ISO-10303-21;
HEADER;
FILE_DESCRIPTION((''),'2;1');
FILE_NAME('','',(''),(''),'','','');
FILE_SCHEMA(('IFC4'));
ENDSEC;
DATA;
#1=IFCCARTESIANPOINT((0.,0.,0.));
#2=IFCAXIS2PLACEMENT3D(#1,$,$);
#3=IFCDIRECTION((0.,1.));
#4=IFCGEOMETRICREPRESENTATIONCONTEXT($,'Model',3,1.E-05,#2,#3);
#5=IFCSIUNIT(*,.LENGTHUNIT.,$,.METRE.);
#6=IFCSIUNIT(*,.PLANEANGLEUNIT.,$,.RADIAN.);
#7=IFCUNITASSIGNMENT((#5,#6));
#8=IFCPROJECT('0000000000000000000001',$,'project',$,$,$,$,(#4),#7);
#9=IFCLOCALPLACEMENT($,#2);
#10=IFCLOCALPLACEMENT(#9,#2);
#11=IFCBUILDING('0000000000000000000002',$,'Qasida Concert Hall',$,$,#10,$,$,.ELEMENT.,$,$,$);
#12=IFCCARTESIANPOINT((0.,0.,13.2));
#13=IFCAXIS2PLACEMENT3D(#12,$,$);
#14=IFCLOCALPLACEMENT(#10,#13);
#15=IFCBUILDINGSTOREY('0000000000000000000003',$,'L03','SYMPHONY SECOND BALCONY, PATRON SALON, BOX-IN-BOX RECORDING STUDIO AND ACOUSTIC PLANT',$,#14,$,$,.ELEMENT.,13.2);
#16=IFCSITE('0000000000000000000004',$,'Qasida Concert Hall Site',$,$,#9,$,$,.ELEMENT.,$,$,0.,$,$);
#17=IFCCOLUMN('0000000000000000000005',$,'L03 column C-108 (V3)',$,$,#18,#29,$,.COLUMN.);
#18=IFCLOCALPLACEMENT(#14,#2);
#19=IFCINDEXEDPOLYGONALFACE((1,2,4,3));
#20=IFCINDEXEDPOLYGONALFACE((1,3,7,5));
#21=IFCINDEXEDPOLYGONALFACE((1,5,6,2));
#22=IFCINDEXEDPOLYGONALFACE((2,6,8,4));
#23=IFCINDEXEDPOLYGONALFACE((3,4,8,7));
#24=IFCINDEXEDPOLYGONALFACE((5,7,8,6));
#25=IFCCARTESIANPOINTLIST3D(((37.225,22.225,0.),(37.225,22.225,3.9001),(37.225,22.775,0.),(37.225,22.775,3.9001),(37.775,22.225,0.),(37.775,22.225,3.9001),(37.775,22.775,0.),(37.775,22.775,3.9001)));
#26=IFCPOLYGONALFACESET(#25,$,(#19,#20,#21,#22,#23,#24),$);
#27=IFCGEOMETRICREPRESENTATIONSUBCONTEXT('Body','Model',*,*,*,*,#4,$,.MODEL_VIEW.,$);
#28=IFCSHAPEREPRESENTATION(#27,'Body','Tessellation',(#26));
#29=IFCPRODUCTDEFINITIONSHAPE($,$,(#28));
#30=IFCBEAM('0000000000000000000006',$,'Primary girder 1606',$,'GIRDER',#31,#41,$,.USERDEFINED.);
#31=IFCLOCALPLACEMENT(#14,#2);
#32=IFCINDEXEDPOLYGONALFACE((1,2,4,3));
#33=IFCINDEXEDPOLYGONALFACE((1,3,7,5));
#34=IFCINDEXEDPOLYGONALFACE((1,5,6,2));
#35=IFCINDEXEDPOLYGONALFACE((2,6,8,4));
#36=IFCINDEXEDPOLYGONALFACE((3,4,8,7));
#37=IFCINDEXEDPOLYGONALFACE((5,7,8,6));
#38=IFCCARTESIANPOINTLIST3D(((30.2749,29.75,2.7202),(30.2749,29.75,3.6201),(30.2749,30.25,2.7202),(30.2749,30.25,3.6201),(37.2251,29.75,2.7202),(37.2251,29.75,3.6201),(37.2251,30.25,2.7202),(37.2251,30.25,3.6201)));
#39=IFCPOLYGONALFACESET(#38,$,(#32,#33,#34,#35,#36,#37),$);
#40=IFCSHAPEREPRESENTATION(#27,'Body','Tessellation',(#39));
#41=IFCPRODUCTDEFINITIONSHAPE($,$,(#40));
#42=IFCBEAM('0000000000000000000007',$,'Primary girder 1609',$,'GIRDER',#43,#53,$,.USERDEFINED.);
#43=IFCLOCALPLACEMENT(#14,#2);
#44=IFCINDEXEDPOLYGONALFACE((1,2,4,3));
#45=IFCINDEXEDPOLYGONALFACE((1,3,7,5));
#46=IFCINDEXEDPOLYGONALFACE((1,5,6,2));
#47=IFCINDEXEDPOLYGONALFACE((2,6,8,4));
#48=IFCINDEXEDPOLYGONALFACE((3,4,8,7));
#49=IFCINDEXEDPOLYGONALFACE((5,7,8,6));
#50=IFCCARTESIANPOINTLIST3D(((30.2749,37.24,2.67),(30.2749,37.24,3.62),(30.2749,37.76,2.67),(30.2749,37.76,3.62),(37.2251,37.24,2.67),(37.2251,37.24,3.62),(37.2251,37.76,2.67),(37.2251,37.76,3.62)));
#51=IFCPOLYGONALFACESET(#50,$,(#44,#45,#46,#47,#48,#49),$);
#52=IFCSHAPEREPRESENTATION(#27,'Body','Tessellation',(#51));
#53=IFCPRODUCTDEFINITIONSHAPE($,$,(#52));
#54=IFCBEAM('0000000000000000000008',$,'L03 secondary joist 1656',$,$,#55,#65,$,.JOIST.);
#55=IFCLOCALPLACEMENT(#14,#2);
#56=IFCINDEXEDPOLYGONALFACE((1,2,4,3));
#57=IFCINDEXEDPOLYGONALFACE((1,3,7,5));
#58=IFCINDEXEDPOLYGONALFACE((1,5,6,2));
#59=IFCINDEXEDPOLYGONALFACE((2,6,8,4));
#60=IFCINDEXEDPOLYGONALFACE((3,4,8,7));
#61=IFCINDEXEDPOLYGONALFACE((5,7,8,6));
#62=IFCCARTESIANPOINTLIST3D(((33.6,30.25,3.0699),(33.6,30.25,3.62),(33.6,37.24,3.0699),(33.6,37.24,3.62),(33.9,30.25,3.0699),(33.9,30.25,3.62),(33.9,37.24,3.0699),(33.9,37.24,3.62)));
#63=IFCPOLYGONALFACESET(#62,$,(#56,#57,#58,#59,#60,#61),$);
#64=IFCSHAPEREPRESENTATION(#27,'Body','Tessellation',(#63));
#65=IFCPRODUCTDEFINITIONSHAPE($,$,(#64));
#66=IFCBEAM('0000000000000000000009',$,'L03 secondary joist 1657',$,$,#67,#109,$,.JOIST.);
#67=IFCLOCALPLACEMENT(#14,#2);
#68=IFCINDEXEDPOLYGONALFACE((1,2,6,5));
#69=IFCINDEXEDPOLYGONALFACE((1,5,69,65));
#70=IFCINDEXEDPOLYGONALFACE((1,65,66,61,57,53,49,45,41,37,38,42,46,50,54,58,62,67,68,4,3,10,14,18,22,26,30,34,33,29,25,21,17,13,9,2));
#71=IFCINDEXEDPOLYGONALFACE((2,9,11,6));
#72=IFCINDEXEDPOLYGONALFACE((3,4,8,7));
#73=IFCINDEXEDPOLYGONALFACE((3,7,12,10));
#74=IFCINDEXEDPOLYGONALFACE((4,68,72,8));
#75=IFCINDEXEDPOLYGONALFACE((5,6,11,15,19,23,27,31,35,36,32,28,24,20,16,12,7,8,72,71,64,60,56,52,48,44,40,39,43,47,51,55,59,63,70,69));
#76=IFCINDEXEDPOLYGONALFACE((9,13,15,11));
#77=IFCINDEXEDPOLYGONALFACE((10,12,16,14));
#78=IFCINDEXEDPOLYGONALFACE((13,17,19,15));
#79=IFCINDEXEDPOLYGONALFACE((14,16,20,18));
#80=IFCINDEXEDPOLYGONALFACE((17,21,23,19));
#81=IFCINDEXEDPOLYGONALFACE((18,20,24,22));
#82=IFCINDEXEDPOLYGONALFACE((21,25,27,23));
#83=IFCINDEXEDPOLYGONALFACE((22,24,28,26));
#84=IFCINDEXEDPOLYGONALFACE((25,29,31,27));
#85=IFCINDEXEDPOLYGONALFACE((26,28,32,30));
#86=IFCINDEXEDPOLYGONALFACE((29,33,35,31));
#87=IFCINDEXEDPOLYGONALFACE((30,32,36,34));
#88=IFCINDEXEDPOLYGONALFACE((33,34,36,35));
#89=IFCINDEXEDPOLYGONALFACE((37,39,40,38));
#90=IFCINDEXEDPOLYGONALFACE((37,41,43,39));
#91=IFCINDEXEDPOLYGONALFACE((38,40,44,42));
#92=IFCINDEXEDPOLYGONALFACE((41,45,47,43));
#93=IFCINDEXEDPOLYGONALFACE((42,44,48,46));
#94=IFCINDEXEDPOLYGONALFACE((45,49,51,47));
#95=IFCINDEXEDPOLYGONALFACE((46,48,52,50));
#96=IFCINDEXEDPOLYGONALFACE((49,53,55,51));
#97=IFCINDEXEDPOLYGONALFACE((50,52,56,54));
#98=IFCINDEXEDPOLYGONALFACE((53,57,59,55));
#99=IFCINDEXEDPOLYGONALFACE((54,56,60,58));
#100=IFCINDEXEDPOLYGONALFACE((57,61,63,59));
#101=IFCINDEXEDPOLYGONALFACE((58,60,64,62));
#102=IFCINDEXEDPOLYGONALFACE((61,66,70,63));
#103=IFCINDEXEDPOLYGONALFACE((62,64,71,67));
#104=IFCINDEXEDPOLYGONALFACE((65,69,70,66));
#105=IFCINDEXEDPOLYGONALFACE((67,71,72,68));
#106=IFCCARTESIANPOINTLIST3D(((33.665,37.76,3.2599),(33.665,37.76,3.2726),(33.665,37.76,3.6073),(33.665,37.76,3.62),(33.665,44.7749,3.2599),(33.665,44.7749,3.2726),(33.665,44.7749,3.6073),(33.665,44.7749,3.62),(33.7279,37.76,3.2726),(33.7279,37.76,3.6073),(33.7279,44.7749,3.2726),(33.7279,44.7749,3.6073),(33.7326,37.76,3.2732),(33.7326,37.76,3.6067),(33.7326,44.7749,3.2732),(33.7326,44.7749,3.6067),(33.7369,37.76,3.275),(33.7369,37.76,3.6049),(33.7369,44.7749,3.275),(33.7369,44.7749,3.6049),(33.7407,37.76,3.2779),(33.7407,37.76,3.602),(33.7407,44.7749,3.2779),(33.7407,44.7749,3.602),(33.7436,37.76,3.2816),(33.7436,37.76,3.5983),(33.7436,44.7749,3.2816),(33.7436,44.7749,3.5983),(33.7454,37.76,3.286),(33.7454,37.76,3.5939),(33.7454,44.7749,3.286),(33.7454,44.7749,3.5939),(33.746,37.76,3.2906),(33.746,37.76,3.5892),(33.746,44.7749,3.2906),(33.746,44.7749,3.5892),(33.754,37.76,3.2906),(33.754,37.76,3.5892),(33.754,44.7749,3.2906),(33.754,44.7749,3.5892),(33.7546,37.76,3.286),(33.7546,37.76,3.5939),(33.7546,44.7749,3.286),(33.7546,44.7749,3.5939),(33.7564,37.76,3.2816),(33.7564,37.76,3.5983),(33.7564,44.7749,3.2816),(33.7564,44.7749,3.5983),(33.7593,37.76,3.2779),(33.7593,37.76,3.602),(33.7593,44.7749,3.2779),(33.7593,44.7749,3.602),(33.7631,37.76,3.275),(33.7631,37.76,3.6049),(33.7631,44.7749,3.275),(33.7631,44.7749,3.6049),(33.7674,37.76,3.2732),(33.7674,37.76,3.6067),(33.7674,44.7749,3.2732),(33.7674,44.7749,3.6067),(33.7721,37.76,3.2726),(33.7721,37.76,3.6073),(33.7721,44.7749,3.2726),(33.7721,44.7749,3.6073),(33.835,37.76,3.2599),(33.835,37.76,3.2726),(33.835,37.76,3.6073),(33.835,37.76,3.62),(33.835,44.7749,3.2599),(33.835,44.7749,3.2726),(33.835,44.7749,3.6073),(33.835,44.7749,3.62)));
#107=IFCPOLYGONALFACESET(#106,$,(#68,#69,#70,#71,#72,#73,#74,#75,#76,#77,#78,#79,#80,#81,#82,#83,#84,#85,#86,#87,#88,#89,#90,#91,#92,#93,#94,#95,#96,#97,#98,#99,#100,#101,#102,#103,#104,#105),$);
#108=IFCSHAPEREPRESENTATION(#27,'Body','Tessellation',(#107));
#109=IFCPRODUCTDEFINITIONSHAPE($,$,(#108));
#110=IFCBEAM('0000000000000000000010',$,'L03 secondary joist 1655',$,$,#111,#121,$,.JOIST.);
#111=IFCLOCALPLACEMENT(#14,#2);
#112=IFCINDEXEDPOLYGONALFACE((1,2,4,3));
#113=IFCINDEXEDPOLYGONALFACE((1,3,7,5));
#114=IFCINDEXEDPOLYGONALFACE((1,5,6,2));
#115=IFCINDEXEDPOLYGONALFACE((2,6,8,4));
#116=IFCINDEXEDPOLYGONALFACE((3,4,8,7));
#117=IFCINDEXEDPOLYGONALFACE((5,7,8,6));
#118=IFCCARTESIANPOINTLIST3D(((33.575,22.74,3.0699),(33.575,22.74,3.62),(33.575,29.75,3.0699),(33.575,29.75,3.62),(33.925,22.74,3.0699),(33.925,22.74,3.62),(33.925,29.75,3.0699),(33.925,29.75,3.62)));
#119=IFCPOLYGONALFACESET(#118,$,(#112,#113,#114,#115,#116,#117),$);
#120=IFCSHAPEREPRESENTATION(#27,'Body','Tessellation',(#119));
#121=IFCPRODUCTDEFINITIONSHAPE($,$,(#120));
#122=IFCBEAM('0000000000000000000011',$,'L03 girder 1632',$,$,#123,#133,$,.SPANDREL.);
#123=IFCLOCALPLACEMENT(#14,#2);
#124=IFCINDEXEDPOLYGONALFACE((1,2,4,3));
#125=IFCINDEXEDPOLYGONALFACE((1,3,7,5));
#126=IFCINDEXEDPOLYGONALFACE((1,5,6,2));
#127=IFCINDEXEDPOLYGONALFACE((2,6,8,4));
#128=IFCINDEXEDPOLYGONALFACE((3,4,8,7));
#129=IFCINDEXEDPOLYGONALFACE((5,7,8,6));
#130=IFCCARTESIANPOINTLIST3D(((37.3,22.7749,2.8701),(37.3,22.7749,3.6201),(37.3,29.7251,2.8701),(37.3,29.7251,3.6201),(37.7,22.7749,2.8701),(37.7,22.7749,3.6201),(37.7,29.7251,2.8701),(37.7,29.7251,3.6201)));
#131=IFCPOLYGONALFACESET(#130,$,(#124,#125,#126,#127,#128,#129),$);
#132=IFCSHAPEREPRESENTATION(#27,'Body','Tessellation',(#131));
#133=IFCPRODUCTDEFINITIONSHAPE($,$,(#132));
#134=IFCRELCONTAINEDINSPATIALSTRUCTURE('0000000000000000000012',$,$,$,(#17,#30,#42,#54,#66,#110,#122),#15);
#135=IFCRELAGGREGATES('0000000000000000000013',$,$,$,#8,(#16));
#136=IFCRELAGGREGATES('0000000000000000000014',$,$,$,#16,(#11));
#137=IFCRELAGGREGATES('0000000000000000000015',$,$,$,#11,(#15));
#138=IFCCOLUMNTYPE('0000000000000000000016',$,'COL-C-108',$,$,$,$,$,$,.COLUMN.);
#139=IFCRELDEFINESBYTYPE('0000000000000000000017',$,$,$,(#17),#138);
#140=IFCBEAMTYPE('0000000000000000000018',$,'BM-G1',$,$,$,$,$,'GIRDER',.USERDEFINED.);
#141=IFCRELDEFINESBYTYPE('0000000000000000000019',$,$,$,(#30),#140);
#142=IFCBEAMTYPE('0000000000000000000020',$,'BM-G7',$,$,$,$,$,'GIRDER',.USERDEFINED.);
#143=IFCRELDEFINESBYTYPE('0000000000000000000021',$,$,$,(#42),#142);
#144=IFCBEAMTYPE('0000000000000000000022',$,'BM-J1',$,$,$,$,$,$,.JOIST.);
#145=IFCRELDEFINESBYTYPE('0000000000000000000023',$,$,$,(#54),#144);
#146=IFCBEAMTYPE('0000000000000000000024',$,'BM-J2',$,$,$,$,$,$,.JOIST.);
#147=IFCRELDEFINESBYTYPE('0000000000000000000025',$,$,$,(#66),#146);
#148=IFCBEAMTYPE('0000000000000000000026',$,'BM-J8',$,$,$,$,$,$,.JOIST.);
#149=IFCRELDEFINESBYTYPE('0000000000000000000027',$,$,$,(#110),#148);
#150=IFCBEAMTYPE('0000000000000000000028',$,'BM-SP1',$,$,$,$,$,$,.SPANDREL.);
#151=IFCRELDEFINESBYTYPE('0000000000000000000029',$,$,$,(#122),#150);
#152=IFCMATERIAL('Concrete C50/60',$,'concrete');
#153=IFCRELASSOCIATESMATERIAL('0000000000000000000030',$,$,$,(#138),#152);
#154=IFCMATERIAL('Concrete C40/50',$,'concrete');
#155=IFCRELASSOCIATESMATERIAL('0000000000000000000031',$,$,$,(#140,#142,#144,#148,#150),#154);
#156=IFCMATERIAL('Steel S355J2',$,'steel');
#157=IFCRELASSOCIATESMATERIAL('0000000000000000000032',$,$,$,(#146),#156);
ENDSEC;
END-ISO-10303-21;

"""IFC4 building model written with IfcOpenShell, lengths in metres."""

from ifc_helpers import new_model, si_unit, direction, frame, origin, origin_2d, place, context, subcontext, project, spatial, rectangle, i_section, extrude, material, material_profile, profile_set, type_object, element, save


model = new_model("IFC4")

# Units and contexts
model_context = context("Model", 3, precision=1e-05, world=origin(), true_north=direction((0.0, 1.0)))
body_context = subcontext(model_context, "Body", "Model", "MODEL_VIEW")
ifc_project = project(units=[si_unit("LENGTHUNIT", "METRE"), si_unit("PLANEANGLEUNIT", "RADIAN")], contexts=[model_context])

# Site, building, storey
site_placement = place(None, origin())
site = spatial("IfcSite", under=ifc_project, at=site_placement, Name="Qasida Concert Hall Site", CompositionType="ELEMENT", RefElevation=0.0)
building_placement = place(site_placement, origin())
building = spatial("IfcBuilding", under=site, at=building_placement, Name="Qasida Concert Hall", CompositionType="ELEMENT")
storey_placement = place(building_placement, frame((0.0, 0.0, 13.2)))
storey = spatial("IfcBuildingStorey", under=building, at=storey_placement, Name="L03", Description="SYMPHONY SECOND BALCONY, PATRON SALON, BOX-IN-BOX RECORDING STUDIO AND ACOUSTIC PLANT", CompositionType="ELEMENT", Elevation=13.2)

# Column
ifc_material_1 = material(Name="Concrete C50/60", Category="concrete")
ifc_material_profile_1 = material_profile(ifc_material_1, rectangle(XDim=0.55, YDim=0.55, at=origin_2d()), Name="RC 550x550")
ifc_profile_set_1 = profile_set([ifc_material_profile_1], Name="Concrete C50/60")
column_type = type_object("IfcColumnType", Name="COL-C-108", PredefinedType="COLUMN", material=ifc_profile_set_1)
column_placement = place(storey_placement, frame((37.5, 22.5, 0.0), z_axis=(0.0, 0.0, 1.0), x_axis=(1.0, 0.0, 0.0)))
element("IfcColumn", 1, at=column_placement, inside=storey, type_object=column_type, Name="L03 column C-108 (V3)", PredefinedType="COLUMN", context=body_context, shape_type="SweptSolid", body=[
    extrude(rectangle(XDim=0.55, YDim=0.55, at=origin_2d()), origin(), (0.0, 0.0, 1.0), 3.9001),
])

# Beams
ifc_material_2 = material(Name="Concrete C40/50", Category="concrete")
ifc_material_profile_2 = material_profile(ifc_material_2, rectangle(XDim=0.5, YDim=0.8999, at=origin_2d()), Name="RC 500x900")
ifc_profile_set_2 = profile_set([ifc_material_profile_2], Name="Concrete C40/50")
beam_type_1 = type_object("IfcBeamType", Name="BM-G1", ElementType="GIRDER", PredefinedType="USERDEFINED", material=ifc_profile_set_2)
beam_1_placement = place(storey_placement, frame((30.2749, 30.0, 3.1702), z_axis=(1.0, 0.0, 0.0), x_axis=(0.0, 1.0, 0.0)))
element("IfcBeam", 2, at=beam_1_placement, inside=storey, type_object=beam_type_1, Name="Primary girder 1606", ObjectType="GIRDER", PredefinedType="USERDEFINED", context=body_context, shape_type="SweptSolid", body=[
    extrude(rectangle(XDim=0.5, YDim=0.8999, at=origin_2d()), origin(), (0.0, 0.0, 1.0), 6.9502),
])
ifc_material_profile_3 = material_profile(ifc_material_2, rectangle(XDim=0.52, YDim=0.95, at=origin_2d()), Name="RC 520x950")
ifc_profile_set_3 = profile_set([ifc_material_profile_3], Name="Concrete C40/50")
beam_type_2 = type_object("IfcBeamType", Name="BM-G7", ElementType="GIRDER", PredefinedType="USERDEFINED", material=ifc_profile_set_3)
beam_2_placement = place(storey_placement, frame((30.2749, 37.5, 3.145), z_axis=(1.0, 0.0, 0.0), x_axis=(0.0, 1.0, 0.0)))
element("IfcBeam", 3, at=beam_2_placement, inside=storey, type_object=beam_type_2, Name="Primary girder 1609", ObjectType="GIRDER", PredefinedType="USERDEFINED", context=body_context, shape_type="SweptSolid", body=[
    extrude(rectangle(XDim=0.52, YDim=0.95, at=origin_2d()), origin(), (0.0, 0.0, 1.0), 6.9502),
])
ifc_material_profile_4 = material_profile(ifc_material_2, rectangle(XDim=0.3, YDim=0.55, at=origin_2d()), Name="RC 300x550")
ifc_profile_set_4 = profile_set([ifc_material_profile_4], Name="Concrete C40/50")
beam_type_3 = type_object("IfcBeamType", Name="BM-J1", PredefinedType="JOIST", material=ifc_profile_set_4)
beam_3_placement = place(storey_placement, frame((33.75, 30.25, 3.345), z_axis=(0.0, 1.0, 0.0), x_axis=(-1.0, 0.0, 0.0)))
element("IfcBeam", 4, at=beam_3_placement, inside=storey, type_object=beam_type_3, Name="L03 secondary joist 1656", PredefinedType="JOIST", context=body_context, shape_type="SweptSolid", body=[
    extrude(rectangle(XDim=0.3, YDim=0.55, at=origin_2d()), origin(), (0.0, 0.0, 1.0), 6.99),
])
ifc_material_3 = material(Name="Steel S355J2", Category="steel")
ifc_material_profile_5 = material_profile(ifc_material_3, i_section(OverallWidth=0.1699, OverallDepth=0.3601, WebThickness=0.0081, FlangeThickness=0.0127, FilletRadius=0.0181, at=origin_2d()), Name="IPE 360")
ifc_profile_set_5 = profile_set([ifc_material_profile_5], Name="Steel S355J2")
beam_type_4 = type_object("IfcBeamType", Name="BM-J2", PredefinedType="JOIST", material=ifc_profile_set_5)
beam_4_placement = place(storey_placement, frame((33.75, 37.76, 3.4399), z_axis=(0.0, 1.0, 0.0), x_axis=(-1.0, 0.0, 0.0)))
element("IfcBeam", 5, at=beam_4_placement, inside=storey, type_object=beam_type_4, Name="L03 secondary joist 1657", PredefinedType="JOIST", context=body_context, shape_type="SweptSolid", body=[
    extrude(i_section(OverallWidth=0.1699, OverallDepth=0.3601, WebThickness=0.0081, FlangeThickness=0.0127, FilletRadius=0.0181, at=origin_2d()), origin(), (0.0, 0.0, 1.0), 7.0149),
])
ifc_material_profile_6 = material_profile(ifc_material_2, rectangle(XDim=0.3501, YDim=0.55, at=origin_2d()), Name="RC 350x550")
ifc_profile_set_6 = profile_set([ifc_material_profile_6], Name="Concrete C40/50")
beam_type_5 = type_object("IfcBeamType", Name="BM-J8", PredefinedType="JOIST", material=ifc_profile_set_6)
beam_5_placement = place(storey_placement, frame((33.75, 22.74, 3.345), z_axis=(0.0, 1.0, 0.0), x_axis=(-1.0, 0.0, 0.0)))
element("IfcBeam", 6, at=beam_5_placement, inside=storey, type_object=beam_type_5, Name="L03 secondary joist 1655", PredefinedType="JOIST", context=body_context, shape_type="SweptSolid", body=[
    extrude(rectangle(XDim=0.3501, YDim=0.55, at=origin_2d()), origin(), (0.0, 0.0, 1.0), 7.01),
])
ifc_material_profile_7 = material_profile(ifc_material_2, rectangle(XDim=0.3999, YDim=0.75, at=origin_2d()), Name="RC 400x750")
ifc_profile_set_7 = profile_set([ifc_material_profile_7], Name="Concrete C40/50")
beam_type_6 = type_object("IfcBeamType", Name="BM-SP1", PredefinedType="SPANDREL", material=ifc_profile_set_7)
beam_6_placement = place(storey_placement, frame((37.5, 22.7749, 3.2451), z_axis=(0.0, 1.0, 0.0), x_axis=(-1.0, 0.0, 0.0)))
element("IfcBeam", 7, at=beam_6_placement, inside=storey, type_object=beam_type_6, Name="L03 girder 1632", PredefinedType="SPANDREL", context=body_context, shape_type="SweptSolid", body=[
    extrude(rectangle(XDim=0.3999, YDim=0.75, at=origin_2d()), origin(), (0.0, 0.0, 1.0), 6.9502),
])

save(model, "model.ifc")
